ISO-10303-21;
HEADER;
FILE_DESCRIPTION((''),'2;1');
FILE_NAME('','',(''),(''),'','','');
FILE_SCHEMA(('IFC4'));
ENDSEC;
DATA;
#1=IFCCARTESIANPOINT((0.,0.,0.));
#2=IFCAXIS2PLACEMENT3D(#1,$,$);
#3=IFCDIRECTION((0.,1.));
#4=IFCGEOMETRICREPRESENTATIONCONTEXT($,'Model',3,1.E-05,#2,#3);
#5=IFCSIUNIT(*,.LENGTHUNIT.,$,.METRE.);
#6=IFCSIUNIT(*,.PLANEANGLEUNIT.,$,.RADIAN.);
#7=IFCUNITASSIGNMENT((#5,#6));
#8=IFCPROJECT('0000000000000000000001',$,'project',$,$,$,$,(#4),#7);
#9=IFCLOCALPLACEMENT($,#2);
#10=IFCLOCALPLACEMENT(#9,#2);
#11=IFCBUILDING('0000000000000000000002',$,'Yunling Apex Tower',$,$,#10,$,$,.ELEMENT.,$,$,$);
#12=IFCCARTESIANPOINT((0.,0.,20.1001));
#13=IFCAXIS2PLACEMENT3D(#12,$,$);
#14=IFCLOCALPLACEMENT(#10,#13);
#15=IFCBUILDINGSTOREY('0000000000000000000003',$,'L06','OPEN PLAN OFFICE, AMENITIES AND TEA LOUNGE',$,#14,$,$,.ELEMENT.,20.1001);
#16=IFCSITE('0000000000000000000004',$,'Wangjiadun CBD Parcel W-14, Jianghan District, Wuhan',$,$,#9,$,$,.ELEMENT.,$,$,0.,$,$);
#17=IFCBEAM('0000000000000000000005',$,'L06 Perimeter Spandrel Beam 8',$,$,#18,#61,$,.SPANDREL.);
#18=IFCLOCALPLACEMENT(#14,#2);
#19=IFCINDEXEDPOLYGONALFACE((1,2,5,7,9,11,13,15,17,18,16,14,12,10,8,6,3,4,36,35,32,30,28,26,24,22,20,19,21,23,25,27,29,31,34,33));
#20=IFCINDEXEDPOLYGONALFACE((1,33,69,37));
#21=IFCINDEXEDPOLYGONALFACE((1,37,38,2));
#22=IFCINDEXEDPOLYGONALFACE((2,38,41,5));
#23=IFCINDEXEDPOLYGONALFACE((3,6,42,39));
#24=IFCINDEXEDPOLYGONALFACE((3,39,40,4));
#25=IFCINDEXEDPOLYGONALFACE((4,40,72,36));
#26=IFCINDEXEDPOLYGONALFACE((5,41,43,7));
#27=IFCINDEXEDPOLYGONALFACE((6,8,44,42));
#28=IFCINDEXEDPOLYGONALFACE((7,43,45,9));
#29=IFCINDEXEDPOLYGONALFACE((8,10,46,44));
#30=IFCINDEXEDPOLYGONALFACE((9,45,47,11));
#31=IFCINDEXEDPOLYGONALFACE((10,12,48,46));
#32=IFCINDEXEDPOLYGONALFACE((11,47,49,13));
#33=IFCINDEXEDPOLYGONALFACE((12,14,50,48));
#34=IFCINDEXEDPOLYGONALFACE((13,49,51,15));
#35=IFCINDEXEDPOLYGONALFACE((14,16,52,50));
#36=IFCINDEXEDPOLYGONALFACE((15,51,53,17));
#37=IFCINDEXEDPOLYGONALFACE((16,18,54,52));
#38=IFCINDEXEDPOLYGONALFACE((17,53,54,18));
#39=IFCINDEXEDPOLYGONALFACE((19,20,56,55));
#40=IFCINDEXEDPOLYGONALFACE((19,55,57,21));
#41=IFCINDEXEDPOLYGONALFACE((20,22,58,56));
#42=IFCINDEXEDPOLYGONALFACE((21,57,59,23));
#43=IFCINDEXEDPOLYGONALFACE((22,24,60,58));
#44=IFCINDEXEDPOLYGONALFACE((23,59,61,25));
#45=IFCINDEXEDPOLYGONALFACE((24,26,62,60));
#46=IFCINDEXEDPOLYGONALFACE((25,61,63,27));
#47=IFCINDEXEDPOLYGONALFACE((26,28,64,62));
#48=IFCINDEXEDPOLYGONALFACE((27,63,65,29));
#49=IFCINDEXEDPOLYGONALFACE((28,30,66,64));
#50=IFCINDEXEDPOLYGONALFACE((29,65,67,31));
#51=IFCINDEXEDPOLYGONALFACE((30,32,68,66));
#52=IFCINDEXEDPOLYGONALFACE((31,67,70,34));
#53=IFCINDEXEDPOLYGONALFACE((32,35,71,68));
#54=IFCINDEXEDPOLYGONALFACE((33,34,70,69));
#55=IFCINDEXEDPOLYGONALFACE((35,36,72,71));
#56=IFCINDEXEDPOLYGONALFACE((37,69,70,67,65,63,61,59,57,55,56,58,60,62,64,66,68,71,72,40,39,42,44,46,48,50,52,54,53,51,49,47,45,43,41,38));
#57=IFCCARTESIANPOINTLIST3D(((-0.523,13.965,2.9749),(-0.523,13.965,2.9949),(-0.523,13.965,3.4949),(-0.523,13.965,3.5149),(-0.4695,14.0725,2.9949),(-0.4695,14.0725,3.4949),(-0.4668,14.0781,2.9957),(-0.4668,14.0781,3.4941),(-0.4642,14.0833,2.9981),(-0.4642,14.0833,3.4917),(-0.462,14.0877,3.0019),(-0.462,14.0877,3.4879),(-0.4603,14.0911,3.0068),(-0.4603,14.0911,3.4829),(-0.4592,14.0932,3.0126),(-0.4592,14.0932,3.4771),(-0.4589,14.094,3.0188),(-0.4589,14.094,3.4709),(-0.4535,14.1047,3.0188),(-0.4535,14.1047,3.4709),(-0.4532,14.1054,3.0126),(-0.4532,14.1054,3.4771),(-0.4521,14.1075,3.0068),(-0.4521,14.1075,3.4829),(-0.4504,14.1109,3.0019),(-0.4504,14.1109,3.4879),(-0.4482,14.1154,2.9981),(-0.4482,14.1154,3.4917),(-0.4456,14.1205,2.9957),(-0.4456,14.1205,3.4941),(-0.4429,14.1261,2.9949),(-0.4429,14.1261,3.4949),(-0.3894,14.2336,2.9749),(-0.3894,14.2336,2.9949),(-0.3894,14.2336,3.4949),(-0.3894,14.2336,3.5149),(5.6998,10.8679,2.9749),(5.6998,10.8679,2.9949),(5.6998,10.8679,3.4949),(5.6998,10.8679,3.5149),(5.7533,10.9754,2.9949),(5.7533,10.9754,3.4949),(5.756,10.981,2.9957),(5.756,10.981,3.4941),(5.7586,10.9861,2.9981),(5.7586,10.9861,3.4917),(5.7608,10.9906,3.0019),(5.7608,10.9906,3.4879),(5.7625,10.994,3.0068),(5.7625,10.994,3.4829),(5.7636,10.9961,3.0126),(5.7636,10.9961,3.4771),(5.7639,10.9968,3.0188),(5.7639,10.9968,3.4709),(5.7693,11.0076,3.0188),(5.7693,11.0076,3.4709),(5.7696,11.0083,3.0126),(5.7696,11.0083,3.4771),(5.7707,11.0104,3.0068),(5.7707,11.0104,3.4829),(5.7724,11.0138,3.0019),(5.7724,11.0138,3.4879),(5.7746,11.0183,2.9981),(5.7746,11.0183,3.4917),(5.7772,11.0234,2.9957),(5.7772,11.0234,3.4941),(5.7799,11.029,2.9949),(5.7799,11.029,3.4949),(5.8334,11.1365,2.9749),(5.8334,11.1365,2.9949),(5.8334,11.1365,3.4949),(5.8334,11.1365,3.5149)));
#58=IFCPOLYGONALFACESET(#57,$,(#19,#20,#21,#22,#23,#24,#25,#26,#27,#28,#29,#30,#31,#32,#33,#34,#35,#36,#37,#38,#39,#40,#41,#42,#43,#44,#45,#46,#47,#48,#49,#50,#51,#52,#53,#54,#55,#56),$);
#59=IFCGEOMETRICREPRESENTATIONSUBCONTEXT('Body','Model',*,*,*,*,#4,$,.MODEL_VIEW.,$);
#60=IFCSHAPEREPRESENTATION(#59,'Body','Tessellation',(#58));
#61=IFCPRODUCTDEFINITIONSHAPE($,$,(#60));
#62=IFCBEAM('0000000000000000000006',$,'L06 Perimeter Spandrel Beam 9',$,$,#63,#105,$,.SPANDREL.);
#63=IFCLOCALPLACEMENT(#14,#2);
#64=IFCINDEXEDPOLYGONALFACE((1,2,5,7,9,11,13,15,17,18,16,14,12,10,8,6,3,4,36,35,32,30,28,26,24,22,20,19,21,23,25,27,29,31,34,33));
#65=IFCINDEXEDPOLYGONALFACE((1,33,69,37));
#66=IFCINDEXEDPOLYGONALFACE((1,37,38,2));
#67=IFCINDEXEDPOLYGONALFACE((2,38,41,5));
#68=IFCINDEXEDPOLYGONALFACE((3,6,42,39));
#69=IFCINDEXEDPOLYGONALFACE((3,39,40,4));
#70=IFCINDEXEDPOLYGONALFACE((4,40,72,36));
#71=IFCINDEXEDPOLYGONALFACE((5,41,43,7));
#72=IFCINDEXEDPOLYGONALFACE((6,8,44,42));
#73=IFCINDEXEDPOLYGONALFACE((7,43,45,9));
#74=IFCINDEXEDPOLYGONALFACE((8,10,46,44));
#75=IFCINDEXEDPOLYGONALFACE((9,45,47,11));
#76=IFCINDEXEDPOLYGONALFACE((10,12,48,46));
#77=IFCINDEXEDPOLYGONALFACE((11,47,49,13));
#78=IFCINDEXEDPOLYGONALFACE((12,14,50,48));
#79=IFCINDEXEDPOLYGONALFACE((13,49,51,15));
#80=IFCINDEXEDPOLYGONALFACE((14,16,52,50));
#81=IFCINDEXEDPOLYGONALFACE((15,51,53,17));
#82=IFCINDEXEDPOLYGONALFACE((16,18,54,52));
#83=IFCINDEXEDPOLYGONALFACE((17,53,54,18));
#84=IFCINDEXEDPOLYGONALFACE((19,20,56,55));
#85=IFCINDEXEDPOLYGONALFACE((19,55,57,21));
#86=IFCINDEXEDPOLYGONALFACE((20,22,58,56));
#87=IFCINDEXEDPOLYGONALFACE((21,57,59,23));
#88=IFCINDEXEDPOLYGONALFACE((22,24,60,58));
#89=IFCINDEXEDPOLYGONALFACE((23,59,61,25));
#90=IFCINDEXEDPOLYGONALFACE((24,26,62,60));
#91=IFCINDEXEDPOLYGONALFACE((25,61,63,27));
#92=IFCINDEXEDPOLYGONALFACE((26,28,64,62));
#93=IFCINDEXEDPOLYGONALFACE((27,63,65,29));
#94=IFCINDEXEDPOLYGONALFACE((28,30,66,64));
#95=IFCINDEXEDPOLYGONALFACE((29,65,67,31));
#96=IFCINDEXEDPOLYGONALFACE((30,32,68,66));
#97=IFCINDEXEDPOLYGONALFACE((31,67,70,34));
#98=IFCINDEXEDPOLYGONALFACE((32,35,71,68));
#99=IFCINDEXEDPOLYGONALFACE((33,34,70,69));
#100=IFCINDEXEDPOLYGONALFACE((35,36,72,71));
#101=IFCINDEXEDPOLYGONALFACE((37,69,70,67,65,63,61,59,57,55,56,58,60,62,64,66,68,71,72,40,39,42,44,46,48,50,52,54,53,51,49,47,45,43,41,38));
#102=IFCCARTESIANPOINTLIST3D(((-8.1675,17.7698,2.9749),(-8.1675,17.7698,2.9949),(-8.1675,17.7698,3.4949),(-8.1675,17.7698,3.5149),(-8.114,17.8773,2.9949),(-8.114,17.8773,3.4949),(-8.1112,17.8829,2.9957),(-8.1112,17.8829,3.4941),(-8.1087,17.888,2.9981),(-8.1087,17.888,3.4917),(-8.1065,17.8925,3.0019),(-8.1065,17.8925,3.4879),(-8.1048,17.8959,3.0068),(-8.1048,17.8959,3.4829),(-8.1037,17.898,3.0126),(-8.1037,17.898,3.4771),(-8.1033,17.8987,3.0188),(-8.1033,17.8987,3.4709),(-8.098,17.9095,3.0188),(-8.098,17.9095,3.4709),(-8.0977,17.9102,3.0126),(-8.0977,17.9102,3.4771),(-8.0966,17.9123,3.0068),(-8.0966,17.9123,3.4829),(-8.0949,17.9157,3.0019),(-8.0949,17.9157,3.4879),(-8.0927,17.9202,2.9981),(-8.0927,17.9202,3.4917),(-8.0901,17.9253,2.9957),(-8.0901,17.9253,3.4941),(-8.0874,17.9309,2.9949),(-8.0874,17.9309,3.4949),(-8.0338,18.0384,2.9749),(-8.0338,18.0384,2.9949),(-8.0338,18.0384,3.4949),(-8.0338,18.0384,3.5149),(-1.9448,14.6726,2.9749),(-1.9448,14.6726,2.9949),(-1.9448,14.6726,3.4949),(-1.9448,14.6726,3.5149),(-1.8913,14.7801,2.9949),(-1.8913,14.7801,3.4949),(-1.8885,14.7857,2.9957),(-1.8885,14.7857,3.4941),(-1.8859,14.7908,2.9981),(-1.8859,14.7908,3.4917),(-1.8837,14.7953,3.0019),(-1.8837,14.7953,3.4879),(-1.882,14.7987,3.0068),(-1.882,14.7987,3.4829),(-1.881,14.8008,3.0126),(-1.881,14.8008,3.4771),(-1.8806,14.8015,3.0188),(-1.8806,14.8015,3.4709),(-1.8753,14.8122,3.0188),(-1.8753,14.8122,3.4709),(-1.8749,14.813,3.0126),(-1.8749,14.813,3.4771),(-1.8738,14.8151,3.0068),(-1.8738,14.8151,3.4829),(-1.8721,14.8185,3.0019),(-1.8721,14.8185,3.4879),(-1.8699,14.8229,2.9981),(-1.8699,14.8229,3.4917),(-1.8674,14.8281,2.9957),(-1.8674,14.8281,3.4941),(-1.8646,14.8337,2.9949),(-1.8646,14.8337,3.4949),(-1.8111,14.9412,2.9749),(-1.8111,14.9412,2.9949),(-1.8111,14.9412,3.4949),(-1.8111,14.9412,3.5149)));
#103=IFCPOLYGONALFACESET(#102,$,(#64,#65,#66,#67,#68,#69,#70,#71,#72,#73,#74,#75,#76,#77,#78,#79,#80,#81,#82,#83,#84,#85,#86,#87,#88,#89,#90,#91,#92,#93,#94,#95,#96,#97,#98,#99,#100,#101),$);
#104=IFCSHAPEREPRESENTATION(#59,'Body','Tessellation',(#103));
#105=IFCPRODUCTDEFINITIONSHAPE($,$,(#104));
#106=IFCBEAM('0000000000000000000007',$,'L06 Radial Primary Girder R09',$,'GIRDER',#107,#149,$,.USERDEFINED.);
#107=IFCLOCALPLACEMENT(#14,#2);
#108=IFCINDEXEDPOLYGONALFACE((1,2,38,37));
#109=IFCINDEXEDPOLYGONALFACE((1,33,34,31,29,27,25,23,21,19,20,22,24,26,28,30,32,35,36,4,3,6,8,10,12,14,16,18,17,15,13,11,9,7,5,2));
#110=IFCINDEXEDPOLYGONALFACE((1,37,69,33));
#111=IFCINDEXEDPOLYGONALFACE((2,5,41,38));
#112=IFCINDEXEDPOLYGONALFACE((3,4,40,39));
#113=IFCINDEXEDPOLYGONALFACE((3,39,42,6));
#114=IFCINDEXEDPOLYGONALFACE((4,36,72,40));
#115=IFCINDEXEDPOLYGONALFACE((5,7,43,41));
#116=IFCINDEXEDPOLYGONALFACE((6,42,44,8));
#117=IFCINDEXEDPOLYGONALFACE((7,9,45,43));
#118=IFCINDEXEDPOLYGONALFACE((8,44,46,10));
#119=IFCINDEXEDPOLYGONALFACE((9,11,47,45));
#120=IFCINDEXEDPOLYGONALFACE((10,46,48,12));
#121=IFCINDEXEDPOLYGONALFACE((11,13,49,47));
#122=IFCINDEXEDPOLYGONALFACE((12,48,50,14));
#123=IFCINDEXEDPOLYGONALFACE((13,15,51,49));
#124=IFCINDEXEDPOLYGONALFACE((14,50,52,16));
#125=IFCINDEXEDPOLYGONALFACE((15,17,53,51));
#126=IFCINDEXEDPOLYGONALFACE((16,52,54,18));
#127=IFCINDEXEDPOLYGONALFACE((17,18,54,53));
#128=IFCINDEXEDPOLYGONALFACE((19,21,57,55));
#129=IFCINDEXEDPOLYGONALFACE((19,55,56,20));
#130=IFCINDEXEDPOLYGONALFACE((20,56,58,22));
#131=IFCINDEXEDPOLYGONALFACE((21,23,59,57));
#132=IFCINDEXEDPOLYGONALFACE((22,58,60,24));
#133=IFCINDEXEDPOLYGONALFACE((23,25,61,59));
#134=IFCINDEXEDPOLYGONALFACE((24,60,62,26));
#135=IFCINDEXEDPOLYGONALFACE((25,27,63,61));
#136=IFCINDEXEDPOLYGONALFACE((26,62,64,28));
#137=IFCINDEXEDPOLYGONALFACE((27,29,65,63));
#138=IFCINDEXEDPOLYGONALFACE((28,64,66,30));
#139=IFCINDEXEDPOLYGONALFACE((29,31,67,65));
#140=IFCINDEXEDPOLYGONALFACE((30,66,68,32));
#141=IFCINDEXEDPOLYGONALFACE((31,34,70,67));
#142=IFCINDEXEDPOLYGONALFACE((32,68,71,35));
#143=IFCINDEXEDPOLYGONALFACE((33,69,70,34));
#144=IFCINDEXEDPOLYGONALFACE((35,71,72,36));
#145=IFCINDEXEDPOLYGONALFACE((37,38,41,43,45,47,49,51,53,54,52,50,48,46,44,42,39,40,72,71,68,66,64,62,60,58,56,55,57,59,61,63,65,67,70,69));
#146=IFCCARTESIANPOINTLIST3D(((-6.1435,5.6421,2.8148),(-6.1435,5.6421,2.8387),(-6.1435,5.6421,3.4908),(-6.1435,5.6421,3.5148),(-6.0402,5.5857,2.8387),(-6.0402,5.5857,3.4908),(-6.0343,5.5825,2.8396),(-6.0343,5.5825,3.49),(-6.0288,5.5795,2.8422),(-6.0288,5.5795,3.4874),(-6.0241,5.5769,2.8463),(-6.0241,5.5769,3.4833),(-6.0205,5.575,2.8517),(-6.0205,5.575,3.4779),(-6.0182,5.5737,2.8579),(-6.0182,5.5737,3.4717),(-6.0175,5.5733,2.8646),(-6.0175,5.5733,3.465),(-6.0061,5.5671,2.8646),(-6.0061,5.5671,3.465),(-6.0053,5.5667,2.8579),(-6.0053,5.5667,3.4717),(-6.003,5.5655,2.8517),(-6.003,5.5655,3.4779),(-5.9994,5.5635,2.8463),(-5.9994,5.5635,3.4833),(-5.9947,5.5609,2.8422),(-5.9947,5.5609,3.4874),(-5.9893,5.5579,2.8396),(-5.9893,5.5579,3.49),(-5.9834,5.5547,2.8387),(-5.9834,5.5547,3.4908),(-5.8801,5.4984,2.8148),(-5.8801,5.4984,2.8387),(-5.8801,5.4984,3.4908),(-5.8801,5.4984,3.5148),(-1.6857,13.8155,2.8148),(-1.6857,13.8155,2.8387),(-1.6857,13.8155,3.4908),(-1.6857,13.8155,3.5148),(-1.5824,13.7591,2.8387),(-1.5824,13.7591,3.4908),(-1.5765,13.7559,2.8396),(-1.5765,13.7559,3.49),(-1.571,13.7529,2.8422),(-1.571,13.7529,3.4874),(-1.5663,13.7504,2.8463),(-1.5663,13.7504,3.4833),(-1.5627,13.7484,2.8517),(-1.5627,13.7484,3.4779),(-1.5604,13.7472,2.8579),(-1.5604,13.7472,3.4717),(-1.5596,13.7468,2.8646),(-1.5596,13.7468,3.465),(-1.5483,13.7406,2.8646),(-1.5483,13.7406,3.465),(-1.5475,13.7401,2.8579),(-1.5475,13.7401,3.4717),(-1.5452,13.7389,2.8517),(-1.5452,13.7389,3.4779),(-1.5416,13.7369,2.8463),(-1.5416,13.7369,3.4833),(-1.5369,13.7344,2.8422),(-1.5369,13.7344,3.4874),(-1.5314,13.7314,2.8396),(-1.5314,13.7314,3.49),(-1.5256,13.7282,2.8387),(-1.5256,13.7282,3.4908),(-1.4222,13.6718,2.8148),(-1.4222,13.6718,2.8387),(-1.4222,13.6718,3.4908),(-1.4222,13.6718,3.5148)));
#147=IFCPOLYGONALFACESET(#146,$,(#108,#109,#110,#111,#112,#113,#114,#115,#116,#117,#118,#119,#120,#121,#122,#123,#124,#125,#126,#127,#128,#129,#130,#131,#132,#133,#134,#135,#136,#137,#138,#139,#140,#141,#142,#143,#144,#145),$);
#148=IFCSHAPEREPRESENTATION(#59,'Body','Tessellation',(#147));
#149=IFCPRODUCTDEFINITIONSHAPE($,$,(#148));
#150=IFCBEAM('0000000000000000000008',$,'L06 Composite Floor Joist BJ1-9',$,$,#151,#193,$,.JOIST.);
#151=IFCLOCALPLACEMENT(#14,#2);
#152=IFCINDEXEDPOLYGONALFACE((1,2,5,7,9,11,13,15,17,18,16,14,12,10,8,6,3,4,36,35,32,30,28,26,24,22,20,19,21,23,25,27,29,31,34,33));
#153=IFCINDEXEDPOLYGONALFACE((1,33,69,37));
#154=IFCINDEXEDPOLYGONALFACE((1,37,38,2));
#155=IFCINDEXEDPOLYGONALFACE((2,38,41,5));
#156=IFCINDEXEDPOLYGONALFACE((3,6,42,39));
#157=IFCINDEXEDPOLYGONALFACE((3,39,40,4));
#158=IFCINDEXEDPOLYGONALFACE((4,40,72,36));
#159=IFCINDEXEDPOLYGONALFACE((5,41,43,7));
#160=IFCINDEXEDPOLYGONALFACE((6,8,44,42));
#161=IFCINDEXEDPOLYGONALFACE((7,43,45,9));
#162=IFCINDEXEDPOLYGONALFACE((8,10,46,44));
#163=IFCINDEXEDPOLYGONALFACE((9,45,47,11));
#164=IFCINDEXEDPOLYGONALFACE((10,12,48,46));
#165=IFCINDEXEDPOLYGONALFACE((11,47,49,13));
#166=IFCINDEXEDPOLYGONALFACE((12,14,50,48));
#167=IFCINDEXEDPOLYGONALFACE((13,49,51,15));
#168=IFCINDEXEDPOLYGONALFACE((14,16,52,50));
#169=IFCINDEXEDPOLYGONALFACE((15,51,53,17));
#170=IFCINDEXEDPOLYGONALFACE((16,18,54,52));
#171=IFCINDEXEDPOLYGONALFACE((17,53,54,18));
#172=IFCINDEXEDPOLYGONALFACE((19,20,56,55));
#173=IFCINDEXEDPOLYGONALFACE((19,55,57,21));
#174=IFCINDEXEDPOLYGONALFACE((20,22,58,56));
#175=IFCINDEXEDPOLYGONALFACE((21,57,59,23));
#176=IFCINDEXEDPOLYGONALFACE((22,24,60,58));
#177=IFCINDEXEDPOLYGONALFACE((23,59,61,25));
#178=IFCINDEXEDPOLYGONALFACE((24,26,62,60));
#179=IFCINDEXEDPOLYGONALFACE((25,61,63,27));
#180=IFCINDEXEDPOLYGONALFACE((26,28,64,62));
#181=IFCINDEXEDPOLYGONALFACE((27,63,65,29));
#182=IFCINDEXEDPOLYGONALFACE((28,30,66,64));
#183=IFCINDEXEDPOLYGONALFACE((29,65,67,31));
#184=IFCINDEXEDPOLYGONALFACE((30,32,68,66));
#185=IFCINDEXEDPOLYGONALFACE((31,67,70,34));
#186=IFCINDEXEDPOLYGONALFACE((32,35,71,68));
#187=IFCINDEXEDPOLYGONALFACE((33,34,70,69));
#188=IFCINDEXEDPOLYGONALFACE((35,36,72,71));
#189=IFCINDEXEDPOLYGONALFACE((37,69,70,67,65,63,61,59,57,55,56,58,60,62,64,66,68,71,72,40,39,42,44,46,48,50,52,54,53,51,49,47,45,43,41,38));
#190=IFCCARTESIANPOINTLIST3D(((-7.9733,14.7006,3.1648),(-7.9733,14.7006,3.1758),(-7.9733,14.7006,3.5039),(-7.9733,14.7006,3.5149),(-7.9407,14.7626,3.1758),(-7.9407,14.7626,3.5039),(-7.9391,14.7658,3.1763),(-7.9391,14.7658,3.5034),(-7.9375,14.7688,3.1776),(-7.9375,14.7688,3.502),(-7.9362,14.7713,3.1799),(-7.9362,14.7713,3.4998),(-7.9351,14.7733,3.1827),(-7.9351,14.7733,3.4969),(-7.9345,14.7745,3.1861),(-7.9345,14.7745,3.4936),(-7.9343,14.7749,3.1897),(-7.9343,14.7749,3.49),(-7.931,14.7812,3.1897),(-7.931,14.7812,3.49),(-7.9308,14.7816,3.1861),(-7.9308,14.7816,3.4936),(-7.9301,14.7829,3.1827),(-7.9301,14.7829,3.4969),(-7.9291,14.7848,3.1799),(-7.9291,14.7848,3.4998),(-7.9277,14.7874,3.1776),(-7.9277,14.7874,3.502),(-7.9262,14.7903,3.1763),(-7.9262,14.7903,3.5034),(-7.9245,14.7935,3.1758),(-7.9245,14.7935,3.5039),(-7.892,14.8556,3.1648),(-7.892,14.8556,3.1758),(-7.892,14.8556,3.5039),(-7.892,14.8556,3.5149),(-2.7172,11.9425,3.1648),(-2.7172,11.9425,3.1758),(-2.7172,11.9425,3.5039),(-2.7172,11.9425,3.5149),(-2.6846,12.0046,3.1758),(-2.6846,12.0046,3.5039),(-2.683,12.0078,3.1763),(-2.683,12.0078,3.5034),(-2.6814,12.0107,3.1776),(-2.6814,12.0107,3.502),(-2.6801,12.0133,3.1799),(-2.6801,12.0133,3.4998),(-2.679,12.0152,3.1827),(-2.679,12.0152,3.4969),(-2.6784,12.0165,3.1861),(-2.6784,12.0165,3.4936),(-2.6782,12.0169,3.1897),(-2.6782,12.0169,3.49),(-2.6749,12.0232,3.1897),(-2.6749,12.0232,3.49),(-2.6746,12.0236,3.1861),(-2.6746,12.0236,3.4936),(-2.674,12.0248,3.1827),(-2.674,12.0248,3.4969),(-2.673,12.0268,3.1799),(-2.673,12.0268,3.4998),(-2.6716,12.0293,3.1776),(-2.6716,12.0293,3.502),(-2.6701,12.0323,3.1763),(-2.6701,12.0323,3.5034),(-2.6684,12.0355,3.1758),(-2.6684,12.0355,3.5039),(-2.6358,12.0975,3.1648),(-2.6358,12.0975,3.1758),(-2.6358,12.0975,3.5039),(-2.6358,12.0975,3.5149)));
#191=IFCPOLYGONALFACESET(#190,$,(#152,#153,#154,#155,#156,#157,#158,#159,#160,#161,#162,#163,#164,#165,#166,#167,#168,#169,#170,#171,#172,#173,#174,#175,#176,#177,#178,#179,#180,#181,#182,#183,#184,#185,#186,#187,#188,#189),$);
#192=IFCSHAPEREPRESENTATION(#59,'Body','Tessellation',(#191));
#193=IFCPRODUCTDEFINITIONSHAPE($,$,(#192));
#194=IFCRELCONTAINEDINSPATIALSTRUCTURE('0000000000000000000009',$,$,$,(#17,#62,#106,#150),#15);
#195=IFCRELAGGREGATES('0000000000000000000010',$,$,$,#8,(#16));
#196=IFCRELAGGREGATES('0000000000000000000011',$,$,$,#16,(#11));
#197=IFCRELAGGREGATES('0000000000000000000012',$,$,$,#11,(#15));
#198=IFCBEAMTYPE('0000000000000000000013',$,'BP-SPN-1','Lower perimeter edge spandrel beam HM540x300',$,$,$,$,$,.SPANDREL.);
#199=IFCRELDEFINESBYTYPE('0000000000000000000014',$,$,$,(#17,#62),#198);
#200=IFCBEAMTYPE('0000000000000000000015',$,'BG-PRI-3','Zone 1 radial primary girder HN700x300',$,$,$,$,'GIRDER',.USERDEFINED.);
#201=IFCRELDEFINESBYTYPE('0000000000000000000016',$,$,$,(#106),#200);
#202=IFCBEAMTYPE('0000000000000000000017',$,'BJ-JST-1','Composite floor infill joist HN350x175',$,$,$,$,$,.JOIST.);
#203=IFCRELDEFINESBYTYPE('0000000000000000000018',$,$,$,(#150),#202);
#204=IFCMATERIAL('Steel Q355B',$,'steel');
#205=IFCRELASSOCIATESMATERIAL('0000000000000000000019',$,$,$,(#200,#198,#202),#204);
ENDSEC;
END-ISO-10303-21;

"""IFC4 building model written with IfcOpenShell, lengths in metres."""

from ifc_helpers import new_model, si_unit, direction, frame, origin, origin_2d, place, context, subcontext, project, spatial, i_section, extrude, source, transform, mapped, material, material_profile, profile_set, type_object, element, save


model = new_model("IFC4")

# Units and contexts
model_context = context("Model", 3, precision=1e-05, world=origin(), true_north=direction((0.0, 1.0)))
body_context = subcontext(model_context, "Body", "Model", "MODEL_VIEW")
ifc_project = project(units=[si_unit("LENGTHUNIT", "METRE"), si_unit("PLANEANGLEUNIT", "RADIAN")], contexts=[model_context])

# Site, building, storey
site_placement = place(None, origin())
site = spatial("IfcSite", under=ifc_project, at=site_placement, Name="Wangjiadun CBD Parcel W-14, Jianghan District, Wuhan", CompositionType="ELEMENT", RefElevation=0.0)
building_placement = place(site_placement, origin())
building = spatial("IfcBuilding", under=site, at=building_placement, Name="Yunling Apex Tower", CompositionType="ELEMENT")
storey_placement = place(building_placement, frame((0.0, 0.0, 20.1001)))
storey = spatial("IfcBuildingStorey", under=building, at=storey_placement, Name="L06", Description="OPEN PLAN OFFICE, AMENITIES AND TEA LOUNGE", CompositionType="ELEMENT", Elevation=20.1001)

# Beams
ifc_material_1 = material(Name="Steel Q355B", Category="steel")
ifc_material_profile_1 = material_profile(ifc_material_1, i_section(OverallWidth=0.3, OverallDepth=0.7, WebThickness=0.0129, FlangeThickness=0.0239, FilletRadius=0.0259, at=origin_2d()))
ifc_profile_set_1 = profile_set([ifc_material_profile_1], Name="Steel Q355B")
beam_type_1 = type_object("IfcBeamType", Name="BG-PRI-3", Description="Zone 1 radial primary girder HN700x300", ElementType="GIRDER", PredefinedType="USERDEFINED", material=ifc_profile_set_1)
ifc_material_profile_2 = material_profile(ifc_material_1, i_section(OverallWidth=0.3, OverallDepth=0.54, WebThickness=0.012, FlangeThickness=0.02, FilletRadius=0.0239, at=origin_2d()))
ifc_profile_set_2 = profile_set([ifc_material_profile_2], Name="Steel Q355B")
beam_type_2 = type_object("IfcBeamType", Name="BP-SPN-1", Description="Lower perimeter edge spandrel beam HM540x300", PredefinedType="SPANDREL", material=ifc_profile_set_2)
shared_shape_1 = source(origin(), body_context, "Body", "SweptSolid", [
    extrude(i_section(OverallWidth=0.3, OverallDepth=0.54, WebThickness=0.012, FlangeThickness=0.02, FilletRadius=0.0239, at=origin_2d()), origin(), (0.0, 0.0, 1.0), 6.9509),
])
for number, where, z_axis, x_axis, name in (
    (1, (5.7666, 11.0022, 3.2449), (-0.895248, 0.445569, 0.0), (-0.445569, -0.895248, 0.0), "L06 Perimeter Spandrel Beam 8"),
    (2, (-1.8779, 14.8069, 3.2449), (-0.895241, 0.445583, 0.0), (-0.445583, -0.895241, 0.0), "L06 Perimeter Spandrel Beam 9"),
):
    element("IfcBeam", number, at=place(storey_placement, frame(where, z_axis=z_axis, x_axis=x_axis)), inside=storey, type_object=beam_type_2, Name=name, PredefinedType="SPANDREL", context=body_context, shape_type="MappedRepresentation", body=[
        mapped(shared_shape_1, transform((0.0, 0.0, 0.0), scale=1.0)),
    ])
shared_shape_2 = source(origin(), body_context, "Body", "SweptSolid", [
    extrude(i_section(OverallWidth=0.3, OverallDepth=0.7, WebThickness=0.0129, FlangeThickness=0.0239, FilletRadius=0.0259, at=origin_2d()), origin(), (0.0, 0.0, 1.0), 9.3101),
])
beam_1_placement = place(storey_placement, frame((-1.554, 13.7437, 3.1648), z_axis=(-0.478817, -0.877915, 0.0), x_axis=(0.877915, -0.478817, 0.0)))
element("IfcBeam", 3, at=beam_1_placement, inside=storey, type_object=beam_type_1, Name="L06 Radial Primary Girder R09", ObjectType="GIRDER", PredefinedType="USERDEFINED", context=body_context, shape_type="MappedRepresentation", body=[
    mapped(shared_shape_2, transform((0.0, 0.0, 0.0), scale=1.0)),
])
ifc_material_profile_3 = material_profile(ifc_material_1, i_section(OverallWidth=0.175, OverallDepth=0.3501, WebThickness=0.0071, FlangeThickness=0.011, FilletRadius=0.0139, at=origin_2d()))
ifc_profile_set_3 = profile_set([ifc_material_profile_3], Name="Steel Q355B")
beam_type_3 = type_object("IfcBeamType", Name="BJ-JST-1", Description="Composite floor infill joist HN350x175", PredefinedType="JOIST", material=ifc_profile_set_3)
shared_shape_3 = source(origin(), body_context, "Body", "SweptSolid", [
    extrude(i_section(OverallWidth=0.175, OverallDepth=0.3501, WebThickness=0.0071, FlangeThickness=0.011, FilletRadius=0.0139, at=origin_2d()), origin(), (0.0, 0.0, 1.0), 5.9358),
])
beam_2_placement = place(storey_placement, frame((-2.6765, 12.02, 3.3398), z_axis=(-0.885495, 0.464649, 0.0), x_axis=(-0.464649, -0.885495, 0.0)))
element("IfcBeam", 4, at=beam_2_placement, inside=storey, type_object=beam_type_3, Name="L06 Composite Floor Joist BJ1-9", PredefinedType="JOIST", context=body_context, shape_type="MappedRepresentation", body=[
    mapped(shared_shape_3, transform((0.0, 0.0, 0.0), scale=1.0)),
])

save(model, "model.ifc")
